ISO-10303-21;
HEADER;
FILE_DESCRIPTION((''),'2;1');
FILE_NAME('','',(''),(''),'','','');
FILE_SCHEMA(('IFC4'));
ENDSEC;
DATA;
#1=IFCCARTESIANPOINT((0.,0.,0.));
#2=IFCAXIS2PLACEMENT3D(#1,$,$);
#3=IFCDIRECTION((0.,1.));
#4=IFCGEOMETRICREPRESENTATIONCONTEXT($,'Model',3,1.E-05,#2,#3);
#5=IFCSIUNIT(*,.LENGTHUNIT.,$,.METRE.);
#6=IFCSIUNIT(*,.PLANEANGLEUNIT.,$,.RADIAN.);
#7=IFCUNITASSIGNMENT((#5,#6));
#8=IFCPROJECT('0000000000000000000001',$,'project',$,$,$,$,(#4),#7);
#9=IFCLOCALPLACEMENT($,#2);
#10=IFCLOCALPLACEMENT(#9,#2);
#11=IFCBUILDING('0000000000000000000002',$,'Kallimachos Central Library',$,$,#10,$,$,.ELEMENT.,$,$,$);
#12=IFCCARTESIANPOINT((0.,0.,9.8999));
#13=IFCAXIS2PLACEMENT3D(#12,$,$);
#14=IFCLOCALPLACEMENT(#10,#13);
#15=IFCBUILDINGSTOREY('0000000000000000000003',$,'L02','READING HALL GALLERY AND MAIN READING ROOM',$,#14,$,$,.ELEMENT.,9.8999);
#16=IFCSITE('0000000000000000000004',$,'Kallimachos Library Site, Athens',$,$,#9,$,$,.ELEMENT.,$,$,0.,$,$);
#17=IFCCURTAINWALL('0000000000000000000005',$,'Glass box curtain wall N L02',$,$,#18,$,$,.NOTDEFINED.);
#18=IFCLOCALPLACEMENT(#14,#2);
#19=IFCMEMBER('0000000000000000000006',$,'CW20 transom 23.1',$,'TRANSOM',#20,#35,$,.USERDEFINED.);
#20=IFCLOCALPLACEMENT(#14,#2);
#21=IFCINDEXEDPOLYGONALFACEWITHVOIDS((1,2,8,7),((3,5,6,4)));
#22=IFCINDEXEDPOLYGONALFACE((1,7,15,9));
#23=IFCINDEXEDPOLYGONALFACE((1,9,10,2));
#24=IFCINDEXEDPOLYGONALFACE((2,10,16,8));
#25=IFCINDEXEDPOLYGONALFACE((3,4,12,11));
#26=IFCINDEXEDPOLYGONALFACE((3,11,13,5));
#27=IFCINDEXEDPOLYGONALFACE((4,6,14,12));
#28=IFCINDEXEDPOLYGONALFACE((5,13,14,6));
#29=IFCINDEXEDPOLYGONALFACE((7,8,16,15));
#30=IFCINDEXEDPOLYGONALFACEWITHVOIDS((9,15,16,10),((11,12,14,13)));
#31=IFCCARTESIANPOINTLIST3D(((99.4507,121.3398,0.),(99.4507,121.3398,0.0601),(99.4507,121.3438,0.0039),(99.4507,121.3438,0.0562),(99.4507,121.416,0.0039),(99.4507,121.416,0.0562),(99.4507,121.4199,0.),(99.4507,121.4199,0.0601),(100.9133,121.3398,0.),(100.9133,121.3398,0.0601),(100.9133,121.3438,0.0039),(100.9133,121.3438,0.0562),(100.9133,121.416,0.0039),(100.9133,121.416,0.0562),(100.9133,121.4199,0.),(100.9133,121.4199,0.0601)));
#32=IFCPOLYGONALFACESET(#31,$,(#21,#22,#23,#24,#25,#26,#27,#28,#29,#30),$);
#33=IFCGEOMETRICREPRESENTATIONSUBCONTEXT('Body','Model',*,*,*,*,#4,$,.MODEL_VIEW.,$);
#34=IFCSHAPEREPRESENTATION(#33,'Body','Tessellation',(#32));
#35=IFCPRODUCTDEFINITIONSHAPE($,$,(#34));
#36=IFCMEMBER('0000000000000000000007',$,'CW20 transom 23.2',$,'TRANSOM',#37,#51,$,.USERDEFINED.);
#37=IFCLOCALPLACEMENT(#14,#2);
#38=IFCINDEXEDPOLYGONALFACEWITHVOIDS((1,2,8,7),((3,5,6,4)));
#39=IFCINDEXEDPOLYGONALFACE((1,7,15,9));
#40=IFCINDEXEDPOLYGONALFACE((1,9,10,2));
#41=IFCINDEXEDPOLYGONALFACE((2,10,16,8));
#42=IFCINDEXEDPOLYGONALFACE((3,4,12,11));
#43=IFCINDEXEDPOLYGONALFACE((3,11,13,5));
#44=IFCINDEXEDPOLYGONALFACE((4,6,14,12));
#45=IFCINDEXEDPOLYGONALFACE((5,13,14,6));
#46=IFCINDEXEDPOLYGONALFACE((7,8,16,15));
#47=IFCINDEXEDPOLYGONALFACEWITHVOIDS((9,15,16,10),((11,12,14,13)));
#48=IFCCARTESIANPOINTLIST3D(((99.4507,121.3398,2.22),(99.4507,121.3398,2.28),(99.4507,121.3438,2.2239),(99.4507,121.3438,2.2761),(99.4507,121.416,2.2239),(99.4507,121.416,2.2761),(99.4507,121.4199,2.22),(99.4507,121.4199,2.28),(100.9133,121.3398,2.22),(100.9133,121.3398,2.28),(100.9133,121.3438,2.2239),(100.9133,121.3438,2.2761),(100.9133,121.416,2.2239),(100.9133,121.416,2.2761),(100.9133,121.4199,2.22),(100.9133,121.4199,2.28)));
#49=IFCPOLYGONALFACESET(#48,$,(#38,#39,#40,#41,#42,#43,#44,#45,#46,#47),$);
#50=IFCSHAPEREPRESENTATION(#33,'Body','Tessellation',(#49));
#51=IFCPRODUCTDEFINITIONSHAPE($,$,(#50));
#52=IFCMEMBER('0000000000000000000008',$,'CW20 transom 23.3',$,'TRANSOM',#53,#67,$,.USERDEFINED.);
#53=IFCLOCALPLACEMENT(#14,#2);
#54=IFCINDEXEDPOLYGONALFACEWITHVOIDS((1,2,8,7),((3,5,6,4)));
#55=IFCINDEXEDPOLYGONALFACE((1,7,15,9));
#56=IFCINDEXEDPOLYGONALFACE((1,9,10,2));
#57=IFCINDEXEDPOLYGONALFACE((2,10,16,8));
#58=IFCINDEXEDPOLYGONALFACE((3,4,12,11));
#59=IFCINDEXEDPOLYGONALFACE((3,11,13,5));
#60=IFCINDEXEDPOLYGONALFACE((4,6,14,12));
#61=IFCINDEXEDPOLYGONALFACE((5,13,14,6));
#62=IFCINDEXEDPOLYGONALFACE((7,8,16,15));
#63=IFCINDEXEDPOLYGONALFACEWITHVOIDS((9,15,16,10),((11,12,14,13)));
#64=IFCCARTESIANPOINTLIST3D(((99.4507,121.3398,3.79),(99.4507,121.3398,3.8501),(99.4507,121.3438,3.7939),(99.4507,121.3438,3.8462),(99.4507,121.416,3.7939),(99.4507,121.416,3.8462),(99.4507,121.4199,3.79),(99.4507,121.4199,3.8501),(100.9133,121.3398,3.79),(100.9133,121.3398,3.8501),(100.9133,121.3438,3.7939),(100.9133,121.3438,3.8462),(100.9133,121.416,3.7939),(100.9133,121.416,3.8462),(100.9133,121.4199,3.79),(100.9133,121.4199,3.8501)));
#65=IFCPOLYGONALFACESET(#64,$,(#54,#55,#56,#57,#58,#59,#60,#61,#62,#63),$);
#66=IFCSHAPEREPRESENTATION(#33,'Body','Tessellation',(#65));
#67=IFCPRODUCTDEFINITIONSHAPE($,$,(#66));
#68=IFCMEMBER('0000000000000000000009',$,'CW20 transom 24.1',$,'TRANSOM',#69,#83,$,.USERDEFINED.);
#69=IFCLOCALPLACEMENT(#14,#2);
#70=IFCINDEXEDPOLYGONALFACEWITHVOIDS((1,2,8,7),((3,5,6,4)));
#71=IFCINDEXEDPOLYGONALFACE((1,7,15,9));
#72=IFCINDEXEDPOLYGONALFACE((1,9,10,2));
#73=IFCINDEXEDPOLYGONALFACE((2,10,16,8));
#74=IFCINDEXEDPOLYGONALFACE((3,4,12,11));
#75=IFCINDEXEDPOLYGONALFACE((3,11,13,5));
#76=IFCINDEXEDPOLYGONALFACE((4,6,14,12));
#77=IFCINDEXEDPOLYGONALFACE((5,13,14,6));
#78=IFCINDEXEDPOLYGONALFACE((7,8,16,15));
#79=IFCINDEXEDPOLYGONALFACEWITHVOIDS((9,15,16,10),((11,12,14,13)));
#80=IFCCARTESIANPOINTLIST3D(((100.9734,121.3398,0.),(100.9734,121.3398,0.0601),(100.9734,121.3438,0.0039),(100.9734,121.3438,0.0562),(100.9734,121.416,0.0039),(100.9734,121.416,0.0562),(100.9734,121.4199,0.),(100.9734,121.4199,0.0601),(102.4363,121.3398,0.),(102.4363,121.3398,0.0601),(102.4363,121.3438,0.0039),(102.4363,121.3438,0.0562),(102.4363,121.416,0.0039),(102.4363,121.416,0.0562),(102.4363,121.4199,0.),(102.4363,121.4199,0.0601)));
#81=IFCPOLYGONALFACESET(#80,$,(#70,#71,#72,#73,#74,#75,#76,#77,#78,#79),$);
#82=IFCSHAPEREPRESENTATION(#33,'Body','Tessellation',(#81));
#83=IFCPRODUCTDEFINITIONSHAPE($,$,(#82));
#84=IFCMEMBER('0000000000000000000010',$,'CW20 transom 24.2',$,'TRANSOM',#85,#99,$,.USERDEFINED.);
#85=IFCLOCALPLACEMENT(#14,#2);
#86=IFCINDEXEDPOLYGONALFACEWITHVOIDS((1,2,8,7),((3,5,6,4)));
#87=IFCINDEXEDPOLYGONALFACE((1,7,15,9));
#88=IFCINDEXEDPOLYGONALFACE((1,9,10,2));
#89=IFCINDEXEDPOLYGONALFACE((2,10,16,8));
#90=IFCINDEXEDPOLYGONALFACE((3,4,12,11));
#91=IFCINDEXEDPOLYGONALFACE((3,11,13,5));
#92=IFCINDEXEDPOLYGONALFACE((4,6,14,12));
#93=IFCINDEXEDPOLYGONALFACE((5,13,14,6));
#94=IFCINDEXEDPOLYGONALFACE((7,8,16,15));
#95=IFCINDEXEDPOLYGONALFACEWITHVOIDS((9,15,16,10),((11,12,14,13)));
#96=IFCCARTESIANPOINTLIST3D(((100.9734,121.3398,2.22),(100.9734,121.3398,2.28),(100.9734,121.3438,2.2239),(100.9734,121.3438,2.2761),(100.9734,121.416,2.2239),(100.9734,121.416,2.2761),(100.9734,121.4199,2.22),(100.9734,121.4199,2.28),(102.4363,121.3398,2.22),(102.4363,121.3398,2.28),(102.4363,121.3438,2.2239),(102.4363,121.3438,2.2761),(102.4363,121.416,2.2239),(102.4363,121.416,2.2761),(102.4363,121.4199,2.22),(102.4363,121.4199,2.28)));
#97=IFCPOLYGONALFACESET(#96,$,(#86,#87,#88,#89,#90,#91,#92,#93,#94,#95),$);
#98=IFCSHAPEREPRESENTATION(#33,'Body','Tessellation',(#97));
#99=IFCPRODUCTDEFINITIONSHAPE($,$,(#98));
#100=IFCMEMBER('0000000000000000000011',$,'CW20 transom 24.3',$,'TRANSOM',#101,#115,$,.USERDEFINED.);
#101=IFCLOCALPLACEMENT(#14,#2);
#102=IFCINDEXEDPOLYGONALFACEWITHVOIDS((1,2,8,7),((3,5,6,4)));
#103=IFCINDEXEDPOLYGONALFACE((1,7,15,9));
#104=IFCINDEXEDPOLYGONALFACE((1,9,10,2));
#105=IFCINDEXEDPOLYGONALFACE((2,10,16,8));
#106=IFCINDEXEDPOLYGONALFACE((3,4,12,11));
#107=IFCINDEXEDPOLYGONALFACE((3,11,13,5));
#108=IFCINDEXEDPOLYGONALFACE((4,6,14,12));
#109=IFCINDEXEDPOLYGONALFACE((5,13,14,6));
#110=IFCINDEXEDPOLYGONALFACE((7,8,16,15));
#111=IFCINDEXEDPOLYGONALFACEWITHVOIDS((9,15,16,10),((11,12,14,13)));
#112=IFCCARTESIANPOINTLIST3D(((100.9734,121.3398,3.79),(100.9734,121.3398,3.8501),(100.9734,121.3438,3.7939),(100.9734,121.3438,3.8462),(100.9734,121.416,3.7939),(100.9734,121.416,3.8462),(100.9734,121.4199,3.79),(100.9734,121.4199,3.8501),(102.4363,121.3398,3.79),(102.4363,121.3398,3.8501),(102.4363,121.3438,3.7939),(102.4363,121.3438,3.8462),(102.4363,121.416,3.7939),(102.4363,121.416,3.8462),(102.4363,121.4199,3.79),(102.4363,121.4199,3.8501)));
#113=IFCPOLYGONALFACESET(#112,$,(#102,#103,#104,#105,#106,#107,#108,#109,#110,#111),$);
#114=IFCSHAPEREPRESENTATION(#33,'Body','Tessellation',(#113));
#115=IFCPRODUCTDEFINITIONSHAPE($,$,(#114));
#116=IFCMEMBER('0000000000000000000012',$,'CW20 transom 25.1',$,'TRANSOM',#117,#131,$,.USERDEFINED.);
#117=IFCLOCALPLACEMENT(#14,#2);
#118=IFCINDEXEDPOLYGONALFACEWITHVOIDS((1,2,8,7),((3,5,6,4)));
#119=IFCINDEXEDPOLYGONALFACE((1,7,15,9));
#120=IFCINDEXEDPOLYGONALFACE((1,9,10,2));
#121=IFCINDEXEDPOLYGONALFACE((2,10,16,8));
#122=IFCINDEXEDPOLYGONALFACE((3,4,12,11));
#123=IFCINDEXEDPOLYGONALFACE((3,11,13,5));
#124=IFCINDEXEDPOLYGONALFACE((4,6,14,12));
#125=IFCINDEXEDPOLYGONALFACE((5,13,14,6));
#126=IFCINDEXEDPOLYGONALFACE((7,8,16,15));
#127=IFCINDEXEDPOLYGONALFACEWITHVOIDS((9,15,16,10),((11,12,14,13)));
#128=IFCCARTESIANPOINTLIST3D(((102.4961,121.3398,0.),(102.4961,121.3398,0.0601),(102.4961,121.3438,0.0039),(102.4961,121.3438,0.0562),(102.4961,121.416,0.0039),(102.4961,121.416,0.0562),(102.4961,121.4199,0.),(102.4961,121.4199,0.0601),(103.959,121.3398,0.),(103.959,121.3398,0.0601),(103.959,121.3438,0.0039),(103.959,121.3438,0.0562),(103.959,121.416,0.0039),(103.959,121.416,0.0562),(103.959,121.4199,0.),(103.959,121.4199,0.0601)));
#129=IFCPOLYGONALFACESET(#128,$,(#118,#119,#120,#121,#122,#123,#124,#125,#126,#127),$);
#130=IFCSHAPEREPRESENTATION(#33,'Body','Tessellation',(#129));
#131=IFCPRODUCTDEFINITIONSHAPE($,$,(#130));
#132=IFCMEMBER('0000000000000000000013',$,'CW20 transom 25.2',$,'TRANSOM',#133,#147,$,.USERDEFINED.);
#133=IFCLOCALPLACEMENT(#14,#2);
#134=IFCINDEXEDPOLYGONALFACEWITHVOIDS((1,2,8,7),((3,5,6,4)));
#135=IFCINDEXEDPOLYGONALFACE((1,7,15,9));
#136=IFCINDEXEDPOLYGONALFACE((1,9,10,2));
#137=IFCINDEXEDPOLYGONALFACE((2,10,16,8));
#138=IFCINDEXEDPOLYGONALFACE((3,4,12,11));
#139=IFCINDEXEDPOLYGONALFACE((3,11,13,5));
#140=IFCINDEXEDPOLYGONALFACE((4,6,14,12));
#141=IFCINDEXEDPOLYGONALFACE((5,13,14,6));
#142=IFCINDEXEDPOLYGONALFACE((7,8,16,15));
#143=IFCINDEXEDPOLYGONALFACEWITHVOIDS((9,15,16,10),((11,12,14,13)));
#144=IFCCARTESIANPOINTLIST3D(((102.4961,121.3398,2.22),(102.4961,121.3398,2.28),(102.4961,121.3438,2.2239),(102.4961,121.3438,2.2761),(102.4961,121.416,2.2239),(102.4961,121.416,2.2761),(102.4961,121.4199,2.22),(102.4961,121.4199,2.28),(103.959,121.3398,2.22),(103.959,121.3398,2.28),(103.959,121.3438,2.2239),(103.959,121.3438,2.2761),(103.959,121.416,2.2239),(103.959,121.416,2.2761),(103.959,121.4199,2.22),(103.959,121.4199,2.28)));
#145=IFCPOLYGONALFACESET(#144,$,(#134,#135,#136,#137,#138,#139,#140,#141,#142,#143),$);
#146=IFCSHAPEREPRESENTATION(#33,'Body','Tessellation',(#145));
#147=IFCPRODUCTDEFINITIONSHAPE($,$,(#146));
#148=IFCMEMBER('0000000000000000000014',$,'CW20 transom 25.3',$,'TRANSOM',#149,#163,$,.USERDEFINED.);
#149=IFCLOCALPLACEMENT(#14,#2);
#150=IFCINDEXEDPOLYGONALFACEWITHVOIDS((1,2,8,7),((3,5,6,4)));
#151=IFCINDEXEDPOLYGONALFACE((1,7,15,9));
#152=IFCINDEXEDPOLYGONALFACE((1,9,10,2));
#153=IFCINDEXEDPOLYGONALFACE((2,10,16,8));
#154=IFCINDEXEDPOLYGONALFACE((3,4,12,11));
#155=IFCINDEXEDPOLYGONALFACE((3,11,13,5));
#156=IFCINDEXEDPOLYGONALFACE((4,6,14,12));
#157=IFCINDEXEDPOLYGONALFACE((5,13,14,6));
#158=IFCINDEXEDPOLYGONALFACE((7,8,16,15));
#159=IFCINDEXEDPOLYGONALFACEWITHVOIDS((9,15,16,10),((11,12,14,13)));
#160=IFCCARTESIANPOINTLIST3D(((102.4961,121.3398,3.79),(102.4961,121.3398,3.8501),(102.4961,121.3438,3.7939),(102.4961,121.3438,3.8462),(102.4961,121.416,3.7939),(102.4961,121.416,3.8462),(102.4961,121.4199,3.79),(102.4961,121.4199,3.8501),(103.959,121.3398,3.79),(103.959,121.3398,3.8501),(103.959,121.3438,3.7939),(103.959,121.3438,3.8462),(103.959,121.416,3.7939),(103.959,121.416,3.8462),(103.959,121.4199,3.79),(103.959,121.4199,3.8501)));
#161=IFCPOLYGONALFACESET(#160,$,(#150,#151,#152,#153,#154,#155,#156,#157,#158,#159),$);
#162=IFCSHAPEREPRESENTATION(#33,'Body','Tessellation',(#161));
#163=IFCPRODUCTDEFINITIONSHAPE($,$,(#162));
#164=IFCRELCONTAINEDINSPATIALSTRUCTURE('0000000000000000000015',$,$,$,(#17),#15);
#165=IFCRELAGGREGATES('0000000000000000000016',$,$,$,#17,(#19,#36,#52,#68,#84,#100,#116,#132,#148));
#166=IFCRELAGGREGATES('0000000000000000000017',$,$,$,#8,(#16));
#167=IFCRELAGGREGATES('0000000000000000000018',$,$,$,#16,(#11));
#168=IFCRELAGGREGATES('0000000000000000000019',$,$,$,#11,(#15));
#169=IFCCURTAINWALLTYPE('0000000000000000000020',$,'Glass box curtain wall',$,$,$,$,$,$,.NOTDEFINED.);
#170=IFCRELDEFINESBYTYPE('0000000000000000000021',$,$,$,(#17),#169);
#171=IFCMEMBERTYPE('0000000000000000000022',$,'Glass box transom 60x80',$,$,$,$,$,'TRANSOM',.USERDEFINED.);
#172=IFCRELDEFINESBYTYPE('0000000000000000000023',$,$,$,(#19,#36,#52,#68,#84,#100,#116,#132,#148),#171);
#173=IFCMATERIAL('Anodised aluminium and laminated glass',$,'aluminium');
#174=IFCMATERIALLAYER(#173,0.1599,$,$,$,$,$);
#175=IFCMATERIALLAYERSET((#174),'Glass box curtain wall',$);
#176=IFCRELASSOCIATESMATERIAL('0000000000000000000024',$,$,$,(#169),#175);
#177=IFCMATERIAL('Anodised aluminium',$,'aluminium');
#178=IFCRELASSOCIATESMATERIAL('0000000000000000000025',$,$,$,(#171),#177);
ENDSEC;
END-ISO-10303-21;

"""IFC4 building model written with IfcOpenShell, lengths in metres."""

from ifc_helpers import new_model, si_unit, direction, frame, origin, origin_2d, place, context, subcontext, project, spatial, hollow_rectangle, extrude, material, layer, layer_set, material_profile, profile_set, type_object, element, aggregate, save


model = new_model("IFC4")

# Units and contexts
model_context = context("Model", 3, precision=1e-05, world=origin(), true_north=direction((0.0, 1.0)))
body_context = subcontext(model_context, "Body", "Model", "MODEL_VIEW")
ifc_project = project(units=[si_unit("LENGTHUNIT", "METRE"), si_unit("PLANEANGLEUNIT", "RADIAN")], contexts=[model_context])

# Site, building, storey
site_placement = place(None, origin())
site = spatial("IfcSite", under=ifc_project, at=site_placement, Name="Kallimachos Library Site, Athens", CompositionType="ELEMENT", RefElevation=0.0)
building_placement = place(site_placement, origin())
building = spatial("IfcBuilding", under=site, at=building_placement, Name="Kallimachos Central Library", CompositionType="ELEMENT")
storey_placement = place(building_placement, frame((0.0, 0.0, 9.8999)))
storey = spatial("IfcBuildingStorey", under=building, at=storey_placement, Name="L02", Description="READING HALL GALLERY AND MAIN READING ROOM", CompositionType="ELEMENT", Elevation=9.8999)

# Curtain wall, members
ifc_material_1 = material(Name="Anodised aluminium and laminated glass", Category="aluminium")
ifc_layer_1 = layer(ifc_material_1, 0.1599)
ifc_layer_set_1 = layer_set([ifc_layer_1], Name="Glass box curtain wall")
curtain_wall_type = type_object("IfcCurtainWallType", Name="Glass box curtain wall", PredefinedType="NOTDEFINED", material=ifc_layer_set_1)
curtain_wall_placement = place(storey_placement, origin())
curtain_wall = element("IfcCurtainWall", 1, at=curtain_wall_placement, inside=storey, type_object=curtain_wall_type, Name="Glass box curtain wall N L02", PredefinedType="NOTDEFINED")
ifc_material_2 = material(Name="Anodised aluminium", Category="aluminium")
ifc_material_profile_1 = material_profile(ifc_material_2, hollow_rectangle(XDim=0.0601, YDim=0.0801, WallThickness=0.0039, at=origin_2d()), Name="ALU TRANSOM 60x80")
ifc_profile_set_1 = profile_set([ifc_material_profile_1], Name="Anodised aluminium")
member_type_1 = type_object("IfcMemberType", Name="Glass box transom 60x80", ElementType="TRANSOM", PredefinedType="USERDEFINED", material=ifc_profile_set_1)
member_1_placement = place(storey_placement, frame((99.4507, 121.3799, 0.03), z_axis=(1.0, 0.0, 0.0), x_axis=(0.0, 0.0, 1.0)))
member_1 = element("IfcMember", 2, at=member_1_placement, type_object=member_type_1, Name="CW20 transom 23.1", ObjectType="TRANSOM", PredefinedType="USERDEFINED", context=body_context, shape_type="SweptSolid", body=[
    extrude(hollow_rectangle(XDim=0.0601, YDim=0.0801, WallThickness=0.0039, at=origin_2d()), origin(), (0.0, 0.0, 1.0), 1.4626),
])
member_2_placement = place(storey_placement, frame((99.4507, 121.3799, 2.25), z_axis=(1.0, 0.0, 0.0), x_axis=(0.0, 0.0, 1.0)))
member_2 = element("IfcMember", 3, at=member_2_placement, type_object=member_type_1, Name="CW20 transom 23.2", ObjectType="TRANSOM", PredefinedType="USERDEFINED", context=body_context, shape_type="SweptSolid", body=[
    extrude(hollow_rectangle(XDim=0.0601, YDim=0.0801, WallThickness=0.0039, at=origin_2d()), origin(), (0.0, 0.0, 1.0), 1.4626),
])
member_3_placement = place(storey_placement, frame((99.4507, 121.3799, 3.8201), z_axis=(1.0, 0.0, 0.0), x_axis=(0.0, 0.0, 1.0)))
member_3 = element("IfcMember", 4, at=member_3_placement, type_object=member_type_1, Name="CW20 transom 23.3", ObjectType="TRANSOM", PredefinedType="USERDEFINED", context=body_context, shape_type="SweptSolid", body=[
    extrude(hollow_rectangle(XDim=0.0601, YDim=0.0801, WallThickness=0.0039, at=origin_2d()), origin(), (0.0, 0.0, 1.0), 1.4626),
])
member_4_placement = place(storey_placement, frame((100.9734, 121.3799, 0.03), z_axis=(1.0, 0.0, 0.0), x_axis=(0.0, 0.0, 1.0)))
member_4 = element("IfcMember", 5, at=member_4_placement, type_object=member_type_1, Name="CW20 transom 24.1", ObjectType="TRANSOM", PredefinedType="USERDEFINED", context=body_context, shape_type="SweptSolid", body=[
    extrude(hollow_rectangle(XDim=0.0601, YDim=0.0801, WallThickness=0.0039, at=origin_2d()), origin(), (0.0, 0.0, 1.0), 1.4629),
])
member_5_placement = place(storey_placement, frame((100.9734, 121.3799, 2.25), z_axis=(1.0, 0.0, 0.0), x_axis=(0.0, 0.0, 1.0)))
member_5 = element("IfcMember", 6, at=member_5_placement, type_object=member_type_1, Name="CW20 transom 24.2", ObjectType="TRANSOM", PredefinedType="USERDEFINED", context=body_context, shape_type="SweptSolid", body=[
    extrude(hollow_rectangle(XDim=0.0601, YDim=0.0801, WallThickness=0.0039, at=origin_2d()), origin(), (0.0, 0.0, 1.0), 1.4629),
])
member_6_placement = place(storey_placement, frame((100.9734, 121.3799, 3.8201), z_axis=(1.0, 0.0, 0.0), x_axis=(0.0, 0.0, 1.0)))
member_6 = element("IfcMember", 7, at=member_6_placement, type_object=member_type_1, Name="CW20 transom 24.3", ObjectType="TRANSOM", PredefinedType="USERDEFINED", context=body_context, shape_type="SweptSolid", body=[
    extrude(hollow_rectangle(XDim=0.0601, YDim=0.0801, WallThickness=0.0039, at=origin_2d()), origin(), (0.0, 0.0, 1.0), 1.4629),
])
member_7_placement = place(storey_placement, frame((102.4961, 121.3799, 0.03), z_axis=(1.0, 0.0, 0.0), x_axis=(0.0, 0.0, 1.0)))
member_7 = element("IfcMember", 8, at=member_7_placement, type_object=member_type_1, Name="CW20 transom 25.1", ObjectType="TRANSOM", PredefinedType="USERDEFINED", context=body_context, shape_type="SweptSolid", body=[
    extrude(hollow_rectangle(XDim=0.0601, YDim=0.0801, WallThickness=0.0039, at=origin_2d()), origin(), (0.0, 0.0, 1.0), 1.4629),
])
member_8_placement = place(storey_placement, frame((102.4961, 121.3799, 2.25), z_axis=(1.0, 0.0, 0.0), x_axis=(0.0, 0.0, 1.0)))
member_8 = element("IfcMember", 9, at=member_8_placement, type_object=member_type_1, Name="CW20 transom 25.2", ObjectType="TRANSOM", PredefinedType="USERDEFINED", context=body_context, shape_type="SweptSolid", body=[
    extrude(hollow_rectangle(XDim=0.0601, YDim=0.0801, WallThickness=0.0039, at=origin_2d()), origin(), (0.0, 0.0, 1.0), 1.4629),
])
member_9_placement = place(storey_placement, frame((102.4961, 121.3799, 3.8201), z_axis=(1.0, 0.0, 0.0), x_axis=(0.0, 0.0, 1.0)))
member_9 = element("IfcMember", 10, at=member_9_placement, type_object=member_type_1, Name="CW20 transom 25.3", ObjectType="TRANSOM", PredefinedType="USERDEFINED", context=body_context, shape_type="SweptSolid", body=[
    extrude(hollow_rectangle(XDim=0.0601, YDim=0.0801, WallThickness=0.0039, at=origin_2d()), origin(), (0.0, 0.0, 1.0), 1.4629),
])

aggregate(curtain_wall, [member_1, member_2, member_3, member_4, member_5, member_6, member_7, member_8, member_9])

save(model, "model.ifc")
